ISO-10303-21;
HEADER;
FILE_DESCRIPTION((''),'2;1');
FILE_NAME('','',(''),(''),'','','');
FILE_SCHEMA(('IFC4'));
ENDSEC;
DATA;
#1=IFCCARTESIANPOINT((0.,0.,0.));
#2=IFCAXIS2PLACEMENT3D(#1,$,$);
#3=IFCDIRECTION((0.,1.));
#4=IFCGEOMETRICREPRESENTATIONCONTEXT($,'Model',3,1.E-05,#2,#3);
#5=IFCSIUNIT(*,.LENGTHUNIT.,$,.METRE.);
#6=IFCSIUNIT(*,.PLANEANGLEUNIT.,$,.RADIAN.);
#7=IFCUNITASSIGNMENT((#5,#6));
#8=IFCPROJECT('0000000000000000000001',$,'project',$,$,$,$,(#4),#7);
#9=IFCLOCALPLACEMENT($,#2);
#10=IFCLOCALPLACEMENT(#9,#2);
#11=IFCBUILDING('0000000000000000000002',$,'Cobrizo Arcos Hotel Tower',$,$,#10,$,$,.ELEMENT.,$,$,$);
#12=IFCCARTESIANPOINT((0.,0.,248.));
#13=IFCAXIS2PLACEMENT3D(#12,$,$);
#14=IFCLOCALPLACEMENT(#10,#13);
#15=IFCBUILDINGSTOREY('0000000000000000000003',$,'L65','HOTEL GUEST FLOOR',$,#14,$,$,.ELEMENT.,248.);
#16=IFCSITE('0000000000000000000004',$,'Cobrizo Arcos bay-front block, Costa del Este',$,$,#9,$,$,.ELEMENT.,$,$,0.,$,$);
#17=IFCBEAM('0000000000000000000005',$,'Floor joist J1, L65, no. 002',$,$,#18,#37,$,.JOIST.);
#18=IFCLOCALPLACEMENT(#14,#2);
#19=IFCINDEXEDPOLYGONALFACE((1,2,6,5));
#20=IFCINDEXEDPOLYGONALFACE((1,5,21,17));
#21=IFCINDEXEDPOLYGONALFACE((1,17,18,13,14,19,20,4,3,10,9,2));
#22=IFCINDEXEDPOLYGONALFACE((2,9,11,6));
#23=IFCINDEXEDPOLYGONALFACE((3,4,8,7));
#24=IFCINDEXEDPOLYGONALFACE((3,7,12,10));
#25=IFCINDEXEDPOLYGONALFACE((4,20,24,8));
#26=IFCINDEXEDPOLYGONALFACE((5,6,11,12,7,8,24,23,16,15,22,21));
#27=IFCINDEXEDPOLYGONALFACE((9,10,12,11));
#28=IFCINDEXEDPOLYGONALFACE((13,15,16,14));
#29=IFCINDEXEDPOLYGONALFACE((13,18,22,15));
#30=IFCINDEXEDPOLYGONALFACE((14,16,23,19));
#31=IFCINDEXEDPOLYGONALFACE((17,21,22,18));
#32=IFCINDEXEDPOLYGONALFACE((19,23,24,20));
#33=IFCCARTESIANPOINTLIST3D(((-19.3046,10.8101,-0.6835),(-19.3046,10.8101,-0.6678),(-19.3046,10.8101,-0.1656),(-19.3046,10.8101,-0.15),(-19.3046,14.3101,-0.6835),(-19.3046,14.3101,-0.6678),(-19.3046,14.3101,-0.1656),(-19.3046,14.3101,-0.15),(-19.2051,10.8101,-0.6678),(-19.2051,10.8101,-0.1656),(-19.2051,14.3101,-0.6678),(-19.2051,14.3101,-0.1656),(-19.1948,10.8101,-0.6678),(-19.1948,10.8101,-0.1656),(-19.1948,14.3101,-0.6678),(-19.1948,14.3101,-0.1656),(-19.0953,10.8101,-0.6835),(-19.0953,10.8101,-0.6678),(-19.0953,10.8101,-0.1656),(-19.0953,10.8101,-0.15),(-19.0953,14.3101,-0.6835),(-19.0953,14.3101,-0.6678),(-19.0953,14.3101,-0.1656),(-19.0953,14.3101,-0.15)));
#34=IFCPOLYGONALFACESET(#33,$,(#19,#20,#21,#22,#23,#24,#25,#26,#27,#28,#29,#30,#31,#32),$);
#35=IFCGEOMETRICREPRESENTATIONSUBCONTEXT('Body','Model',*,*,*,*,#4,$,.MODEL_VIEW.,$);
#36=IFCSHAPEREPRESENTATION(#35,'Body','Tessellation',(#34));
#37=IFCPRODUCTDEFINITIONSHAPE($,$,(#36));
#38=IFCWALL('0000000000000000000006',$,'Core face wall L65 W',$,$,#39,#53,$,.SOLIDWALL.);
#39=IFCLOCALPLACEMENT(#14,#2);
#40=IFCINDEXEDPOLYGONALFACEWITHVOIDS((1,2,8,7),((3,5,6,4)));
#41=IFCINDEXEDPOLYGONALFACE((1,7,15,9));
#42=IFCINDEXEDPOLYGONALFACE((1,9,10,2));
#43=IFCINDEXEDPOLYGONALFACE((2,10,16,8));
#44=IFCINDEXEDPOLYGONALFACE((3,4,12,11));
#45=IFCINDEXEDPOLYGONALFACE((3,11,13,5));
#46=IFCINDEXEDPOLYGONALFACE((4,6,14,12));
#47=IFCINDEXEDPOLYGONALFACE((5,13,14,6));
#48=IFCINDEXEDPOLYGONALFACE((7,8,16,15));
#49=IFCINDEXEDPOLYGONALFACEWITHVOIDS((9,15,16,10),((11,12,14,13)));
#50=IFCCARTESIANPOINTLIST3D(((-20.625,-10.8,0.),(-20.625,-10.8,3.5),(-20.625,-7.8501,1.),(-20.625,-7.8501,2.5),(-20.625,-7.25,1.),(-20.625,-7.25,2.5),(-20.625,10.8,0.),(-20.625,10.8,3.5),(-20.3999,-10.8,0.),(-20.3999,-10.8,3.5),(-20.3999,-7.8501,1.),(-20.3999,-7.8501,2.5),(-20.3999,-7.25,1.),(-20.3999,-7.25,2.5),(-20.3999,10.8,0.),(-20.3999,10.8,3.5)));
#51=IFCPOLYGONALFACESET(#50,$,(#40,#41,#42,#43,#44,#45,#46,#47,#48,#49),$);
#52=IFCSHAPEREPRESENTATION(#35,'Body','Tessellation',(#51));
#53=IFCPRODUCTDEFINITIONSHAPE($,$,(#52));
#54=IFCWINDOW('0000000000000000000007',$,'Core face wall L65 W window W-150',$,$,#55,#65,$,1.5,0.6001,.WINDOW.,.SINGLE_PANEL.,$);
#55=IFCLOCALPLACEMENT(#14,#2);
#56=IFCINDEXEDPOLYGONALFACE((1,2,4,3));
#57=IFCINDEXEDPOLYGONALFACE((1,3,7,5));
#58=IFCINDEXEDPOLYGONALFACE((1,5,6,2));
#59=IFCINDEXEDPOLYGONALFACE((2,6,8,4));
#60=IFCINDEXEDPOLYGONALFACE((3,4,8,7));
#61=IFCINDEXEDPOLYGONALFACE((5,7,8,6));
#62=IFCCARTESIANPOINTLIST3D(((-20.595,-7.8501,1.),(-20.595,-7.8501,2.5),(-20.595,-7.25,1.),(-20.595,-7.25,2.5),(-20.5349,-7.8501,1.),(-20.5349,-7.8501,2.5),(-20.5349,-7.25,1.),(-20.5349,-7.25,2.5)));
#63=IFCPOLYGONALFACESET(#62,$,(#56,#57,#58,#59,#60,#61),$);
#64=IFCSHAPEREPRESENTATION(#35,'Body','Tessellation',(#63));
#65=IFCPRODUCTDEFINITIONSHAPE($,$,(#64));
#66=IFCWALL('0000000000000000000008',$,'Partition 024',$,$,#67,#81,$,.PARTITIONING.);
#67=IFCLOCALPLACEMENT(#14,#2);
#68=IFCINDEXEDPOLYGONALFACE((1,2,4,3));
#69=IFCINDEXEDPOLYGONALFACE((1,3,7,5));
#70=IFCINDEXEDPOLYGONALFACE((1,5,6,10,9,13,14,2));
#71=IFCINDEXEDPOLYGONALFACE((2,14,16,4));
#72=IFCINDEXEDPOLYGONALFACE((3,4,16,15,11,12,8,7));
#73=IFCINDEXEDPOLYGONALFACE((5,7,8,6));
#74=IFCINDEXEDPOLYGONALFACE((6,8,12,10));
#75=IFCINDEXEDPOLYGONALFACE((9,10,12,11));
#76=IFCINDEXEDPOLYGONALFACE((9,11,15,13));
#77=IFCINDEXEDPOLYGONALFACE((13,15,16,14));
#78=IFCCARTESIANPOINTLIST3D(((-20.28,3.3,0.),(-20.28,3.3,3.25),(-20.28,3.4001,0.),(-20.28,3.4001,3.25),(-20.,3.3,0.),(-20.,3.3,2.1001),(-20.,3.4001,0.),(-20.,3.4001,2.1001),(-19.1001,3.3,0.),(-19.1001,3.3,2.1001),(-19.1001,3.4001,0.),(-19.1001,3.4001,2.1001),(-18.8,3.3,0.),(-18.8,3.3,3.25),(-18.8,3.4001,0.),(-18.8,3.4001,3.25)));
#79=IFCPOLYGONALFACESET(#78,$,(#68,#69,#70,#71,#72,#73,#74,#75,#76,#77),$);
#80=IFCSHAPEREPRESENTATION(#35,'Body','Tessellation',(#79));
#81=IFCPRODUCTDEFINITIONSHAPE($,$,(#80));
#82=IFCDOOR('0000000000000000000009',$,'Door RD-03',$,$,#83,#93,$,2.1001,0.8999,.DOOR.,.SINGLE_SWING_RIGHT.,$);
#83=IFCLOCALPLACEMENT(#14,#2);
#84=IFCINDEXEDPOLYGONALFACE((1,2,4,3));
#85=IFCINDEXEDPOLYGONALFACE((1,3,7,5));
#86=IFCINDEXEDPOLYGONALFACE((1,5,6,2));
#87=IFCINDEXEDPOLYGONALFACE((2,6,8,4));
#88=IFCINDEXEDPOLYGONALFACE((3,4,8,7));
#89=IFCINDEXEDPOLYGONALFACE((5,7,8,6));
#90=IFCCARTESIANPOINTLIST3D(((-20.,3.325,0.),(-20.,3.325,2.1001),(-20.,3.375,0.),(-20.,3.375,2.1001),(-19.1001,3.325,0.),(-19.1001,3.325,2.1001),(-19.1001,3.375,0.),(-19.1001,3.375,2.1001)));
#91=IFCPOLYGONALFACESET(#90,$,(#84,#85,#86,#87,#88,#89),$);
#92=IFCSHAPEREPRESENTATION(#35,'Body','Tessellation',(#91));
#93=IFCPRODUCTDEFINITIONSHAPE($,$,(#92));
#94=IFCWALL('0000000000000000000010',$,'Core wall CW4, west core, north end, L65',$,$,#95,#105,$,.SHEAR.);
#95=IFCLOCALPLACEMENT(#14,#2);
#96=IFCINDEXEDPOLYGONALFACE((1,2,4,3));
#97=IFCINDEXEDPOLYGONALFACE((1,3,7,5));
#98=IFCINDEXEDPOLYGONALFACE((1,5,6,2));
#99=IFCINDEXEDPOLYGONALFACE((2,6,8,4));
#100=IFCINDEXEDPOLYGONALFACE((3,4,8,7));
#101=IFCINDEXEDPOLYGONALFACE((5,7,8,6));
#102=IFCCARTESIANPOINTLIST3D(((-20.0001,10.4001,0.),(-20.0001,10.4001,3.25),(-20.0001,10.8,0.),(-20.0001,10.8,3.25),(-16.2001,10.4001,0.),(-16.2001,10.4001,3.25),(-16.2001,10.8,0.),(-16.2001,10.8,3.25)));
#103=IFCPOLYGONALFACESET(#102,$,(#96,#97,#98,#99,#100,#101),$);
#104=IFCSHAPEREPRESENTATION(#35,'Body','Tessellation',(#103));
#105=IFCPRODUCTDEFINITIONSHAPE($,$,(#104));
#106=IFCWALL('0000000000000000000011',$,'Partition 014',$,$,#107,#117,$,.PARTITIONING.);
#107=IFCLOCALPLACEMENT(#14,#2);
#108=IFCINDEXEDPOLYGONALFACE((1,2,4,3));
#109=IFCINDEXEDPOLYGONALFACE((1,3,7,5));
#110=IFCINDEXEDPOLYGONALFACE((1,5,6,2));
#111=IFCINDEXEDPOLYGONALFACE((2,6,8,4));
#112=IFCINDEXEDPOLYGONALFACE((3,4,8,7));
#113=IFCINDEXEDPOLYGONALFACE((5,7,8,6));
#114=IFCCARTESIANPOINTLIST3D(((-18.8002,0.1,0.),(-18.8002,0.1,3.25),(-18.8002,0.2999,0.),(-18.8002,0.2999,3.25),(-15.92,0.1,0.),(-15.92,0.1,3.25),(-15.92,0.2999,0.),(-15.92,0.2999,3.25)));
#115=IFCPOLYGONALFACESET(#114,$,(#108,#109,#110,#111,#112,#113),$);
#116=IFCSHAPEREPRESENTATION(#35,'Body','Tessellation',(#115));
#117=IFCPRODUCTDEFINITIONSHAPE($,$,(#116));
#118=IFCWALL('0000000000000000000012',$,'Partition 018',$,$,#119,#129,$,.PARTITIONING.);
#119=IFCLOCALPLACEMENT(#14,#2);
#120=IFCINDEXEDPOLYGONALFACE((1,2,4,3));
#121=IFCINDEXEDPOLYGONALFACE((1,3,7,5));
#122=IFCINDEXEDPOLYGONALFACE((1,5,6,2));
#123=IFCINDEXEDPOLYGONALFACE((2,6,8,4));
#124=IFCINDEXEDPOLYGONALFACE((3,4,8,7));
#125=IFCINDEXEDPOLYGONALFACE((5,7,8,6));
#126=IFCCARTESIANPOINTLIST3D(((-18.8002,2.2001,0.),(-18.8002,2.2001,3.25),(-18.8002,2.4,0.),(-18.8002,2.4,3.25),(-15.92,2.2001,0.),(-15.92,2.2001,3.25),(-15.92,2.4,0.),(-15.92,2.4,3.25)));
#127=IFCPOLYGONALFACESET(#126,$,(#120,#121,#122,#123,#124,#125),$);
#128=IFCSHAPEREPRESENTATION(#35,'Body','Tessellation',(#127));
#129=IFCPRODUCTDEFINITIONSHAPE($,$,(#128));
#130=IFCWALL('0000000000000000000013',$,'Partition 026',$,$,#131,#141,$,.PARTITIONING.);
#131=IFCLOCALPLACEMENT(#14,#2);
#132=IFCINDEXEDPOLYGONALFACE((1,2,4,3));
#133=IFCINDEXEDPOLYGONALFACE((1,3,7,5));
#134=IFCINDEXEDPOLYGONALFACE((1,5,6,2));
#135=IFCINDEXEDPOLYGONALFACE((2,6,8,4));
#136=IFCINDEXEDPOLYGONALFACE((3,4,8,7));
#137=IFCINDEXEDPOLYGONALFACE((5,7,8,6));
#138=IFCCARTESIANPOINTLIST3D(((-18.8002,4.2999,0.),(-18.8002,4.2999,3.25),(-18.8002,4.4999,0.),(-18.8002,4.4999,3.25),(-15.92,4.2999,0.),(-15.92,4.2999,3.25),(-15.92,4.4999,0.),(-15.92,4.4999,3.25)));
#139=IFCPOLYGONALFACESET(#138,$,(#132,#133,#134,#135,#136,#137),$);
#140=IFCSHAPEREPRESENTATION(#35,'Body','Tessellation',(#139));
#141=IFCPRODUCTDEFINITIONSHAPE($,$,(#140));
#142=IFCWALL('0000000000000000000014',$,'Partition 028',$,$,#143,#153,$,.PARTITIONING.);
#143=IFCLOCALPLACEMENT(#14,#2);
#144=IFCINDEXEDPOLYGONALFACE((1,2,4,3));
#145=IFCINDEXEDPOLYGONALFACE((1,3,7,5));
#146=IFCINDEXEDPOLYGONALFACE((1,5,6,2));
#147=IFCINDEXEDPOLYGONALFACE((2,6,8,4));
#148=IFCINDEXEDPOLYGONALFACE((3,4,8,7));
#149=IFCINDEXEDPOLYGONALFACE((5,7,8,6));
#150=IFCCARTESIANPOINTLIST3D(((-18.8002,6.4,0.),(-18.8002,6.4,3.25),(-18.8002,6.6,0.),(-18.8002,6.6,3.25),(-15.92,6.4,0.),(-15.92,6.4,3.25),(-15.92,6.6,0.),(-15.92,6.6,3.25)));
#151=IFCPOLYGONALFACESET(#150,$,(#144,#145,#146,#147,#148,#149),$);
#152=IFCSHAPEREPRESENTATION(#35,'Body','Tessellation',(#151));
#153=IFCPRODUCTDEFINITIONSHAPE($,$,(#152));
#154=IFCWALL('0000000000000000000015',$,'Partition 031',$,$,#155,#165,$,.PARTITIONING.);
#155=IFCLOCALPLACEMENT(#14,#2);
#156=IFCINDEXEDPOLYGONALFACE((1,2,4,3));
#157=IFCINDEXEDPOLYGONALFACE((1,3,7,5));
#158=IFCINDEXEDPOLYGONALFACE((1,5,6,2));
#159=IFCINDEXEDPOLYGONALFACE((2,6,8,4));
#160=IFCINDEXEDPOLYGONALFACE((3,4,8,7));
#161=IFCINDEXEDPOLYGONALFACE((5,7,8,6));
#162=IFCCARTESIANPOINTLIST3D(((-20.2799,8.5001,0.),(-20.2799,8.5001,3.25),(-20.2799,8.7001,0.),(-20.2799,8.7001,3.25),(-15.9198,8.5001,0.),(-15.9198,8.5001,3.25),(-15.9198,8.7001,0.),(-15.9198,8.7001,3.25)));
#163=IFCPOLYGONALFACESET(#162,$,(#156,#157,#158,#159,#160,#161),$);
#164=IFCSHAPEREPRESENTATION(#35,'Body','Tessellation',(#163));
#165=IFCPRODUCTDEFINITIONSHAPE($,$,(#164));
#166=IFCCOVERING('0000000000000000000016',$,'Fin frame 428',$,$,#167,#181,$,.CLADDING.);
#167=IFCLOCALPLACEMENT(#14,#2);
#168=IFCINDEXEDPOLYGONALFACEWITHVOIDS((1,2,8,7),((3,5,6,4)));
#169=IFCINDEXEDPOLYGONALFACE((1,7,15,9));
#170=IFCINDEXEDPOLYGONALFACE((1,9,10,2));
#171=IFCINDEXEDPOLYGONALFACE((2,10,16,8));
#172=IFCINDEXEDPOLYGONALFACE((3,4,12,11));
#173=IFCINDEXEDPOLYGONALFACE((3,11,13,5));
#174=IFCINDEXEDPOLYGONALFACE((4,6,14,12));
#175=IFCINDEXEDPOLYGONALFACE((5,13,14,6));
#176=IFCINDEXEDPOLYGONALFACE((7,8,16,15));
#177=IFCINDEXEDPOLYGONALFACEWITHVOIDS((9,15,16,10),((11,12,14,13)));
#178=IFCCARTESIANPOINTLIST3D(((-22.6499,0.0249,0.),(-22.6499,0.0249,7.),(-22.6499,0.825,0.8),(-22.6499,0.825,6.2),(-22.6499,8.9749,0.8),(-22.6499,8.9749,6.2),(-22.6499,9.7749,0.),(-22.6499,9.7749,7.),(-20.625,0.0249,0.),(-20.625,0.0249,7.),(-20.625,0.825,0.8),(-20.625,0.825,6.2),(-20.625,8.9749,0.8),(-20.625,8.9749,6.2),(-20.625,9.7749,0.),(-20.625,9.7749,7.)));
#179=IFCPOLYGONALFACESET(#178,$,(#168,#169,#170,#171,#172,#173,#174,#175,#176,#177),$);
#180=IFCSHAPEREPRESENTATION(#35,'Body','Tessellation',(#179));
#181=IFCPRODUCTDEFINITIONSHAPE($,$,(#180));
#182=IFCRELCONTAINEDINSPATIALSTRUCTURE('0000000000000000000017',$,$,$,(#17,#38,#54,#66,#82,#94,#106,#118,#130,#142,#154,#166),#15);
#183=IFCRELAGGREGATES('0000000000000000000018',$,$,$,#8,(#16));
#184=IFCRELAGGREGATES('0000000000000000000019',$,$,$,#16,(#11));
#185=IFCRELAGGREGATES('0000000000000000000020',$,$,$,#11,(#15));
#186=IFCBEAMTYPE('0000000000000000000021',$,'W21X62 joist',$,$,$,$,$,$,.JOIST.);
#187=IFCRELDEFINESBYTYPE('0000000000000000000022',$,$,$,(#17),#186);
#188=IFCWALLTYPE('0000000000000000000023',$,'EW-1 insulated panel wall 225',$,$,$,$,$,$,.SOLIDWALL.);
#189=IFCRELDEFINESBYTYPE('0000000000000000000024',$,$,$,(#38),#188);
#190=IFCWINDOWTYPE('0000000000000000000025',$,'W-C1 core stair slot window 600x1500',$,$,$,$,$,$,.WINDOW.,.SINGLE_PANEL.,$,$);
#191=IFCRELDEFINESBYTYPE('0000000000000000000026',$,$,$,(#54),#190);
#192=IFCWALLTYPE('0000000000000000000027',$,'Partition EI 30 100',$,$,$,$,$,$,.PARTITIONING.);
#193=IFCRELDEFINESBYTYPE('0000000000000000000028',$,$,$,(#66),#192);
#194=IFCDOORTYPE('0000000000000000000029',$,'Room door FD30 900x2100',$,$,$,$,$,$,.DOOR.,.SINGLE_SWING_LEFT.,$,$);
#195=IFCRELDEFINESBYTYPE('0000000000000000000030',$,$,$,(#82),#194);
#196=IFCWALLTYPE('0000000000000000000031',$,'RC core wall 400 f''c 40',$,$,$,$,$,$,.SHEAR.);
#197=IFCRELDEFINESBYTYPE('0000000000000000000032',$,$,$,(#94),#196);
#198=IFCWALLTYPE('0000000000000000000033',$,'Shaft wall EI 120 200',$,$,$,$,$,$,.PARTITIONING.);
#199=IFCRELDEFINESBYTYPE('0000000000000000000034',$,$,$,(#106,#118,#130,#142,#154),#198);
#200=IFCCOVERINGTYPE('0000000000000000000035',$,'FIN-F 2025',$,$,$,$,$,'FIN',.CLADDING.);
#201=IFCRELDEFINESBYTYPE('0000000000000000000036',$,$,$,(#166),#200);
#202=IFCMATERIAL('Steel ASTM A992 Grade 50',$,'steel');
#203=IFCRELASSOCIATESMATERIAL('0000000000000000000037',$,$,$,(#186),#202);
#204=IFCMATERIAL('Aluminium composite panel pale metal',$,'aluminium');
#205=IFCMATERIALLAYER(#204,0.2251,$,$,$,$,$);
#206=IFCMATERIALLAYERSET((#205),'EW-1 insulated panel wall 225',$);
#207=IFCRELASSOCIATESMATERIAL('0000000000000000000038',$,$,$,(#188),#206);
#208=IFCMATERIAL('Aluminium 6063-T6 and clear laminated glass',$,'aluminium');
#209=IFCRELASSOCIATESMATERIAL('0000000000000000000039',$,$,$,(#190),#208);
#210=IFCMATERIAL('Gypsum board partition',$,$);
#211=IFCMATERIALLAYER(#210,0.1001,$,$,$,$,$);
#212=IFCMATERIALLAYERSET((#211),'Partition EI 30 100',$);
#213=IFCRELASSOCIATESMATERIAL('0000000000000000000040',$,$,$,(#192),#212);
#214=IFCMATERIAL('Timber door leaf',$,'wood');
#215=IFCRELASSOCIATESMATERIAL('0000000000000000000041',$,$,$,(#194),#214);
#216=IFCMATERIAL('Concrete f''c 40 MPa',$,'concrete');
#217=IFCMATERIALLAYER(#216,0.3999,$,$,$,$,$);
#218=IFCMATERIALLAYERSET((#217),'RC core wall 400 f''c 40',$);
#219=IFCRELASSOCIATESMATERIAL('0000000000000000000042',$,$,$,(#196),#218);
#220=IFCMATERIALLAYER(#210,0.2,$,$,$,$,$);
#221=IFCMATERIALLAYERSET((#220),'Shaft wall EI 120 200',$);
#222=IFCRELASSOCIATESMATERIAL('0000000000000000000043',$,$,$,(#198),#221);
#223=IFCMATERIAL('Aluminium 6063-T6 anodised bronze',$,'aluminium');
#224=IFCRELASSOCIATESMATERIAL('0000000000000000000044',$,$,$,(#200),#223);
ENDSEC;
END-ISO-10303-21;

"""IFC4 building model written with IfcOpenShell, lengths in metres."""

from ifc_helpers import new_model, si_unit, direction, frame, frame_2d, origin, origin_2d, place, context, subcontext, project, spatial, polyline, rectangle, i_section, outline, extrude, material, layer, layer_set, material_profile, profile_set, type_object, element, fill, save


model = new_model("IFC4")

# Units and contexts
model_context = context("Model", 3, precision=1e-05, world=origin(), true_north=direction((0.0, 1.0)))
body_context = subcontext(model_context, "Body", "Model", "MODEL_VIEW")
ifc_project = project(units=[si_unit("LENGTHUNIT", "METRE"), si_unit("PLANEANGLEUNIT", "RADIAN")], contexts=[model_context])

# Site, building, storey
site_placement = place(None, origin())
site = spatial("IfcSite", under=ifc_project, at=site_placement, Name="Cobrizo Arcos bay-front block, Costa del Este", CompositionType="ELEMENT", RefElevation=0.0)
building_placement = place(site_placement, origin())
building = spatial("IfcBuilding", under=site, at=building_placement, Name="Cobrizo Arcos Hotel Tower", CompositionType="ELEMENT")
storey_placement = place(building_placement, frame((0.0, 0.0, 248.0)))
storey = spatial("IfcBuildingStorey", under=building, at=storey_placement, Name="L65", Description="HOTEL GUEST FLOOR", CompositionType="ELEMENT", Elevation=248.0)

# Beam
ifc_material_1 = material(Name="Steel ASTM A992 Grade 50", Category="steel")
ifc_material_profile = material_profile(ifc_material_1, i_section(OverallWidth=0.2092, OverallDepth=0.5334, WebThickness=0.0103, FlangeThickness=0.0156, at=origin_2d()), Name="W21X62")
ifc_profile_set = profile_set([ifc_material_profile], Name="Steel ASTM A992 Grade 50")
beam_type = type_object("IfcBeamType", Name="W21X62 joist", PredefinedType="JOIST", material=ifc_profile_set)
beam_placement = place(storey_placement, frame((-19.2, 10.8101, -0.4167), z_axis=(0.0, 1.0, 0.0), x_axis=(-1.0, 0.0, 0.0)))
element("IfcBeam", 1, at=beam_placement, inside=storey, type_object=beam_type, Name="Floor joist J1, L65, no. 002", PredefinedType="JOIST", context=body_context, shape_type="SweptSolid", body=[
    extrude(i_section(OverallWidth=0.2092, OverallDepth=0.5334, WebThickness=0.0103, FlangeThickness=0.0156, at=origin_2d()), origin(), (0.0, 0.0, 1.0), 3.5),
])

# Wall, opening, window
ifc_material_2 = material(Name="Aluminium composite panel pale metal", Category="aluminium")
ifc_layer_1 = layer(ifc_material_2, 0.2251)
ifc_layer_set_1 = layer_set([ifc_layer_1], Name="EW-1 insulated panel wall 225")
wall_type_1 = type_object("IfcWallType", Name="EW-1 insulated panel wall 225", PredefinedType="SOLIDWALL", material=ifc_layer_set_1)
wall_1_placement = place(storey_placement, frame((-20.5125, 10.8, 0.0), z_axis=(0.0, 0.0, 1.0), x_axis=(0.0, -1.0, 0.0)))
wall_1 = element("IfcWall", 2, at=wall_1_placement, inside=storey, type_object=wall_type_1, Name="Core face wall L65 W", PredefinedType="SOLIDWALL", context=body_context, shape_type="SweptSolid", body=[
    extrude(rectangle(XDim=21.6001, YDim=0.2251, at=frame_2d((10.8, 0.0))), origin(), (0.0, 0.0, 1.0), 3.5),
])
opening_1_placement = place(wall_1_placement, frame((18.05, 0.0, 1.0)))
opening_1 = element("IfcOpeningElement", 3, at=opening_1_placement, cuts=wall_1, PredefinedType="OPENING", context=body_context, shape_type="SweptSolid", body=[
    extrude(rectangle(XDim=0.6001, YDim=1.5, at=frame_2d((0.3, 0.75))), frame((0.0, 0.1245, 0.0), z_axis=(0.0, -1.0, 0.0), x_axis=(1.0, 0.0, 0.0)), (0.0, 0.0, 1.0), 0.249),
])
ifc_material_3 = material(Name="Aluminium 6063-T6 and clear laminated glass", Category="aluminium")
window_type = type_object("IfcWindowType", Name="W-C1 core stair slot window 600x1500", PartitioningType="SINGLE_PANEL", PredefinedType="WINDOW", material=ifc_material_3)
window_placement = place(opening_1_placement, origin())
window = element("IfcWindow", 4, at=window_placement, inside=storey, type_object=window_type, Name="Core face wall L65 W window W-150", OverallHeight=1.5, OverallWidth=0.6001, PartitioningType="SINGLE_PANEL", PredefinedType="WINDOW", context=body_context, shape_type="SweptSolid", body=[
    extrude(rectangle(XDim=0.6001, YDim=1.5, at=frame_2d((0.3, 0.75))), frame((0.0, -0.0225, 0.0), z_axis=(0.0, -1.0, 0.0), x_axis=(1.0, 0.0, 0.0)), (0.0, 0.0, 1.0), 0.0601),
])
fill(opening_1, window)

# Wall, opening, door
ifc_material_4 = material(Name="Gypsum board partition")
ifc_layer_2 = layer(ifc_material_4, 0.1001)
ifc_layer_set_2 = layer_set([ifc_layer_2], Name="Partition EI 30 100")
wall_type_2 = type_object("IfcWallType", Name="Partition EI 30 100", PredefinedType="PARTITIONING", material=ifc_layer_set_2)
wall_2_placement = place(storey_placement, frame((-20.28, 3.3501, 0.0), z_axis=(0.0, 0.0, 1.0), x_axis=(1.0, 0.0, 0.0)))
wall_2 = element("IfcWall", 5, at=wall_2_placement, inside=storey, type_object=wall_type_2, Name="Partition 024", PredefinedType="PARTITIONING", context=body_context, shape_type="SweptSolid", body=[
    extrude(rectangle(XDim=1.48, YDim=0.1001, at=frame_2d((0.74, 0.0))), origin(), (0.0, 0.0, 1.0), 3.25),
])
opening_2_placement = place(wall_2_placement, frame((0.28, 0.0, 0.0)))
opening_2 = element("IfcOpeningElement", 6, at=opening_2_placement, cuts=wall_2, PredefinedType="OPENING", context=body_context, shape_type="SweptSolid", body=[
    extrude(rectangle(XDim=0.8999, YDim=2.1001, at=frame_2d((0.45, 1.05))), frame((0.0, 0.062, 0.0), z_axis=(0.0, -1.0, 0.0), x_axis=(1.0, 0.0, 0.0)), (0.0, 0.0, 1.0), 0.124),
])
ifc_material_5 = material(Name="Timber door leaf", Category="wood")
door_type = type_object("IfcDoorType", Name="Room door FD30 900x2100", OperationType="SINGLE_SWING_LEFT", PredefinedType="DOOR", material=ifc_material_5)
door_placement = place(opening_2_placement, origin())
door = element("IfcDoor", 7, at=door_placement, inside=storey, type_object=door_type, Name="Door RD-03", OperationType="SINGLE_SWING_RIGHT", OverallHeight=2.1001, OverallWidth=0.8999, PredefinedType="DOOR", context=body_context, shape_type="SweptSolid", body=[
    extrude(rectangle(XDim=0.8999, YDim=2.1001, at=frame_2d((0.45, 1.05))), frame((0.0, 0.0249, 0.0), z_axis=(0.0, -1.0, 0.0), x_axis=(1.0, 0.0, 0.0)), (0.0, 0.0, 1.0), 0.05),
])
fill(opening_2, door)

# Walls
ifc_material_6 = material(Name="Concrete f'c 40 MPa", Category="concrete")
ifc_layer_3 = layer(ifc_material_6, 0.3999)
ifc_layer_set_3 = layer_set([ifc_layer_3], Name="RC core wall 400 f'c 40")
wall_type_3 = type_object("IfcWallType", Name="RC core wall 400 f'c 40", PredefinedType="SHEAR", material=ifc_layer_set_3)
wall_3_placement = place(storey_placement, frame((-20.0, 10.6001, 0.0), z_axis=(0.0, 0.0, 1.0), x_axis=(1.0, 0.0, 0.0)))
element("IfcWall", 8, at=wall_3_placement, inside=storey, type_object=wall_type_3, Name="Core wall CW4, west core, north end, L65", PredefinedType="SHEAR", context=body_context, shape_type="SweptSolid", body=[
    extrude(rectangle(XDim=3.8, YDim=0.3999, at=frame_2d((1.8999, 0.0))), origin(), (0.0, 0.0, 1.0), 3.25),
])
ifc_layer_4 = layer(ifc_material_4, 0.2)
ifc_layer_set_4 = layer_set([ifc_layer_4], Name="Shaft wall EI 120 200")
wall_type_4 = type_object("IfcWallType", Name="Shaft wall EI 120 200", PredefinedType="PARTITIONING", material=ifc_layer_set_4)
for number, where, z_axis, x_axis, name in (
    (9, (-18.8, 0.2, 0.0), (0.0, 0.0, 1.0), (1.0, 0.0, 0.0), "Partition 014"),
    (10, (-18.8, 2.3, 0.0), (0.0, 0.0, 1.0), (1.0, 0.0, 0.0), "Partition 018"),
    (11, (-18.8, 4.3999, 0.0), (0.0, 0.0, 1.0), (1.0, 0.0, 0.0), "Partition 026"),
    (12, (-18.8, 6.5, 0.0), (0.0, 0.0, 1.0), (1.0, 0.0, 0.0), "Partition 028"),
):
    element("IfcWall", number, at=place(storey_placement, frame(where, z_axis=z_axis, x_axis=x_axis)), inside=storey, type_object=wall_type_4, Name=name, PredefinedType="PARTITIONING", context=body_context, shape_type="SweptSolid", body=[
        extrude(rectangle(XDim=2.8801, YDim=0.2, at=frame_2d((1.4399, 0.0))), origin(), (0.0, 0.0, 1.0), 3.25),
    ])
wall_4_placement = place(storey_placement, frame((-20.28, 8.6001, 0.0), z_axis=(0.0, 0.0, 1.0), x_axis=(1.0, 0.0, 0.0)))
element("IfcWall", 13, at=wall_4_placement, inside=storey, type_object=wall_type_4, Name="Partition 031", PredefinedType="PARTITIONING", context=body_context, shape_type="SweptSolid", body=[
    extrude(rectangle(XDim=4.3601, YDim=0.2, at=frame_2d((2.1802, 0.0))), origin(), (0.0, 0.0, 1.0), 3.25),
])

# Covering
ifc_material_7 = material(Name="Aluminium 6063-T6 anodised bronze", Category="aluminium")
covering_type_1 = type_object("IfcCoveringType", Name="FIN-F 2025", ElementType="FIN", PredefinedType="CLADDING", material=ifc_material_7)
for number, where, z_axis, x_axis, name in (
    (14, (-20.625, 9.7749, 0.0), (-1.0, 0.0, 0.0), (0.0, -1.0, 0.0), "Fin frame 428"),
):
    element("IfcCovering", number, at=place(storey_placement, frame(where, z_axis=z_axis, x_axis=x_axis)), inside=storey, type_object=covering_type_1, Name=name, PredefinedType="CLADDING", context=body_context, shape_type="SweptSolid", body=[
        extrude(outline(polyline([(0.0, 7.0), (0.0, 0.0), (9.75, 0.0), (9.75, 7.0), (0.0, 7.0)]), holes=[polyline([(8.95, 0.8), (0.8, 0.8), (0.8, 6.2), (8.95, 6.2), (8.95, 0.8)])]), origin(), (0.0, 0.0, 1.0), 2.0249),
    ])

save(model, "model.ifc")
